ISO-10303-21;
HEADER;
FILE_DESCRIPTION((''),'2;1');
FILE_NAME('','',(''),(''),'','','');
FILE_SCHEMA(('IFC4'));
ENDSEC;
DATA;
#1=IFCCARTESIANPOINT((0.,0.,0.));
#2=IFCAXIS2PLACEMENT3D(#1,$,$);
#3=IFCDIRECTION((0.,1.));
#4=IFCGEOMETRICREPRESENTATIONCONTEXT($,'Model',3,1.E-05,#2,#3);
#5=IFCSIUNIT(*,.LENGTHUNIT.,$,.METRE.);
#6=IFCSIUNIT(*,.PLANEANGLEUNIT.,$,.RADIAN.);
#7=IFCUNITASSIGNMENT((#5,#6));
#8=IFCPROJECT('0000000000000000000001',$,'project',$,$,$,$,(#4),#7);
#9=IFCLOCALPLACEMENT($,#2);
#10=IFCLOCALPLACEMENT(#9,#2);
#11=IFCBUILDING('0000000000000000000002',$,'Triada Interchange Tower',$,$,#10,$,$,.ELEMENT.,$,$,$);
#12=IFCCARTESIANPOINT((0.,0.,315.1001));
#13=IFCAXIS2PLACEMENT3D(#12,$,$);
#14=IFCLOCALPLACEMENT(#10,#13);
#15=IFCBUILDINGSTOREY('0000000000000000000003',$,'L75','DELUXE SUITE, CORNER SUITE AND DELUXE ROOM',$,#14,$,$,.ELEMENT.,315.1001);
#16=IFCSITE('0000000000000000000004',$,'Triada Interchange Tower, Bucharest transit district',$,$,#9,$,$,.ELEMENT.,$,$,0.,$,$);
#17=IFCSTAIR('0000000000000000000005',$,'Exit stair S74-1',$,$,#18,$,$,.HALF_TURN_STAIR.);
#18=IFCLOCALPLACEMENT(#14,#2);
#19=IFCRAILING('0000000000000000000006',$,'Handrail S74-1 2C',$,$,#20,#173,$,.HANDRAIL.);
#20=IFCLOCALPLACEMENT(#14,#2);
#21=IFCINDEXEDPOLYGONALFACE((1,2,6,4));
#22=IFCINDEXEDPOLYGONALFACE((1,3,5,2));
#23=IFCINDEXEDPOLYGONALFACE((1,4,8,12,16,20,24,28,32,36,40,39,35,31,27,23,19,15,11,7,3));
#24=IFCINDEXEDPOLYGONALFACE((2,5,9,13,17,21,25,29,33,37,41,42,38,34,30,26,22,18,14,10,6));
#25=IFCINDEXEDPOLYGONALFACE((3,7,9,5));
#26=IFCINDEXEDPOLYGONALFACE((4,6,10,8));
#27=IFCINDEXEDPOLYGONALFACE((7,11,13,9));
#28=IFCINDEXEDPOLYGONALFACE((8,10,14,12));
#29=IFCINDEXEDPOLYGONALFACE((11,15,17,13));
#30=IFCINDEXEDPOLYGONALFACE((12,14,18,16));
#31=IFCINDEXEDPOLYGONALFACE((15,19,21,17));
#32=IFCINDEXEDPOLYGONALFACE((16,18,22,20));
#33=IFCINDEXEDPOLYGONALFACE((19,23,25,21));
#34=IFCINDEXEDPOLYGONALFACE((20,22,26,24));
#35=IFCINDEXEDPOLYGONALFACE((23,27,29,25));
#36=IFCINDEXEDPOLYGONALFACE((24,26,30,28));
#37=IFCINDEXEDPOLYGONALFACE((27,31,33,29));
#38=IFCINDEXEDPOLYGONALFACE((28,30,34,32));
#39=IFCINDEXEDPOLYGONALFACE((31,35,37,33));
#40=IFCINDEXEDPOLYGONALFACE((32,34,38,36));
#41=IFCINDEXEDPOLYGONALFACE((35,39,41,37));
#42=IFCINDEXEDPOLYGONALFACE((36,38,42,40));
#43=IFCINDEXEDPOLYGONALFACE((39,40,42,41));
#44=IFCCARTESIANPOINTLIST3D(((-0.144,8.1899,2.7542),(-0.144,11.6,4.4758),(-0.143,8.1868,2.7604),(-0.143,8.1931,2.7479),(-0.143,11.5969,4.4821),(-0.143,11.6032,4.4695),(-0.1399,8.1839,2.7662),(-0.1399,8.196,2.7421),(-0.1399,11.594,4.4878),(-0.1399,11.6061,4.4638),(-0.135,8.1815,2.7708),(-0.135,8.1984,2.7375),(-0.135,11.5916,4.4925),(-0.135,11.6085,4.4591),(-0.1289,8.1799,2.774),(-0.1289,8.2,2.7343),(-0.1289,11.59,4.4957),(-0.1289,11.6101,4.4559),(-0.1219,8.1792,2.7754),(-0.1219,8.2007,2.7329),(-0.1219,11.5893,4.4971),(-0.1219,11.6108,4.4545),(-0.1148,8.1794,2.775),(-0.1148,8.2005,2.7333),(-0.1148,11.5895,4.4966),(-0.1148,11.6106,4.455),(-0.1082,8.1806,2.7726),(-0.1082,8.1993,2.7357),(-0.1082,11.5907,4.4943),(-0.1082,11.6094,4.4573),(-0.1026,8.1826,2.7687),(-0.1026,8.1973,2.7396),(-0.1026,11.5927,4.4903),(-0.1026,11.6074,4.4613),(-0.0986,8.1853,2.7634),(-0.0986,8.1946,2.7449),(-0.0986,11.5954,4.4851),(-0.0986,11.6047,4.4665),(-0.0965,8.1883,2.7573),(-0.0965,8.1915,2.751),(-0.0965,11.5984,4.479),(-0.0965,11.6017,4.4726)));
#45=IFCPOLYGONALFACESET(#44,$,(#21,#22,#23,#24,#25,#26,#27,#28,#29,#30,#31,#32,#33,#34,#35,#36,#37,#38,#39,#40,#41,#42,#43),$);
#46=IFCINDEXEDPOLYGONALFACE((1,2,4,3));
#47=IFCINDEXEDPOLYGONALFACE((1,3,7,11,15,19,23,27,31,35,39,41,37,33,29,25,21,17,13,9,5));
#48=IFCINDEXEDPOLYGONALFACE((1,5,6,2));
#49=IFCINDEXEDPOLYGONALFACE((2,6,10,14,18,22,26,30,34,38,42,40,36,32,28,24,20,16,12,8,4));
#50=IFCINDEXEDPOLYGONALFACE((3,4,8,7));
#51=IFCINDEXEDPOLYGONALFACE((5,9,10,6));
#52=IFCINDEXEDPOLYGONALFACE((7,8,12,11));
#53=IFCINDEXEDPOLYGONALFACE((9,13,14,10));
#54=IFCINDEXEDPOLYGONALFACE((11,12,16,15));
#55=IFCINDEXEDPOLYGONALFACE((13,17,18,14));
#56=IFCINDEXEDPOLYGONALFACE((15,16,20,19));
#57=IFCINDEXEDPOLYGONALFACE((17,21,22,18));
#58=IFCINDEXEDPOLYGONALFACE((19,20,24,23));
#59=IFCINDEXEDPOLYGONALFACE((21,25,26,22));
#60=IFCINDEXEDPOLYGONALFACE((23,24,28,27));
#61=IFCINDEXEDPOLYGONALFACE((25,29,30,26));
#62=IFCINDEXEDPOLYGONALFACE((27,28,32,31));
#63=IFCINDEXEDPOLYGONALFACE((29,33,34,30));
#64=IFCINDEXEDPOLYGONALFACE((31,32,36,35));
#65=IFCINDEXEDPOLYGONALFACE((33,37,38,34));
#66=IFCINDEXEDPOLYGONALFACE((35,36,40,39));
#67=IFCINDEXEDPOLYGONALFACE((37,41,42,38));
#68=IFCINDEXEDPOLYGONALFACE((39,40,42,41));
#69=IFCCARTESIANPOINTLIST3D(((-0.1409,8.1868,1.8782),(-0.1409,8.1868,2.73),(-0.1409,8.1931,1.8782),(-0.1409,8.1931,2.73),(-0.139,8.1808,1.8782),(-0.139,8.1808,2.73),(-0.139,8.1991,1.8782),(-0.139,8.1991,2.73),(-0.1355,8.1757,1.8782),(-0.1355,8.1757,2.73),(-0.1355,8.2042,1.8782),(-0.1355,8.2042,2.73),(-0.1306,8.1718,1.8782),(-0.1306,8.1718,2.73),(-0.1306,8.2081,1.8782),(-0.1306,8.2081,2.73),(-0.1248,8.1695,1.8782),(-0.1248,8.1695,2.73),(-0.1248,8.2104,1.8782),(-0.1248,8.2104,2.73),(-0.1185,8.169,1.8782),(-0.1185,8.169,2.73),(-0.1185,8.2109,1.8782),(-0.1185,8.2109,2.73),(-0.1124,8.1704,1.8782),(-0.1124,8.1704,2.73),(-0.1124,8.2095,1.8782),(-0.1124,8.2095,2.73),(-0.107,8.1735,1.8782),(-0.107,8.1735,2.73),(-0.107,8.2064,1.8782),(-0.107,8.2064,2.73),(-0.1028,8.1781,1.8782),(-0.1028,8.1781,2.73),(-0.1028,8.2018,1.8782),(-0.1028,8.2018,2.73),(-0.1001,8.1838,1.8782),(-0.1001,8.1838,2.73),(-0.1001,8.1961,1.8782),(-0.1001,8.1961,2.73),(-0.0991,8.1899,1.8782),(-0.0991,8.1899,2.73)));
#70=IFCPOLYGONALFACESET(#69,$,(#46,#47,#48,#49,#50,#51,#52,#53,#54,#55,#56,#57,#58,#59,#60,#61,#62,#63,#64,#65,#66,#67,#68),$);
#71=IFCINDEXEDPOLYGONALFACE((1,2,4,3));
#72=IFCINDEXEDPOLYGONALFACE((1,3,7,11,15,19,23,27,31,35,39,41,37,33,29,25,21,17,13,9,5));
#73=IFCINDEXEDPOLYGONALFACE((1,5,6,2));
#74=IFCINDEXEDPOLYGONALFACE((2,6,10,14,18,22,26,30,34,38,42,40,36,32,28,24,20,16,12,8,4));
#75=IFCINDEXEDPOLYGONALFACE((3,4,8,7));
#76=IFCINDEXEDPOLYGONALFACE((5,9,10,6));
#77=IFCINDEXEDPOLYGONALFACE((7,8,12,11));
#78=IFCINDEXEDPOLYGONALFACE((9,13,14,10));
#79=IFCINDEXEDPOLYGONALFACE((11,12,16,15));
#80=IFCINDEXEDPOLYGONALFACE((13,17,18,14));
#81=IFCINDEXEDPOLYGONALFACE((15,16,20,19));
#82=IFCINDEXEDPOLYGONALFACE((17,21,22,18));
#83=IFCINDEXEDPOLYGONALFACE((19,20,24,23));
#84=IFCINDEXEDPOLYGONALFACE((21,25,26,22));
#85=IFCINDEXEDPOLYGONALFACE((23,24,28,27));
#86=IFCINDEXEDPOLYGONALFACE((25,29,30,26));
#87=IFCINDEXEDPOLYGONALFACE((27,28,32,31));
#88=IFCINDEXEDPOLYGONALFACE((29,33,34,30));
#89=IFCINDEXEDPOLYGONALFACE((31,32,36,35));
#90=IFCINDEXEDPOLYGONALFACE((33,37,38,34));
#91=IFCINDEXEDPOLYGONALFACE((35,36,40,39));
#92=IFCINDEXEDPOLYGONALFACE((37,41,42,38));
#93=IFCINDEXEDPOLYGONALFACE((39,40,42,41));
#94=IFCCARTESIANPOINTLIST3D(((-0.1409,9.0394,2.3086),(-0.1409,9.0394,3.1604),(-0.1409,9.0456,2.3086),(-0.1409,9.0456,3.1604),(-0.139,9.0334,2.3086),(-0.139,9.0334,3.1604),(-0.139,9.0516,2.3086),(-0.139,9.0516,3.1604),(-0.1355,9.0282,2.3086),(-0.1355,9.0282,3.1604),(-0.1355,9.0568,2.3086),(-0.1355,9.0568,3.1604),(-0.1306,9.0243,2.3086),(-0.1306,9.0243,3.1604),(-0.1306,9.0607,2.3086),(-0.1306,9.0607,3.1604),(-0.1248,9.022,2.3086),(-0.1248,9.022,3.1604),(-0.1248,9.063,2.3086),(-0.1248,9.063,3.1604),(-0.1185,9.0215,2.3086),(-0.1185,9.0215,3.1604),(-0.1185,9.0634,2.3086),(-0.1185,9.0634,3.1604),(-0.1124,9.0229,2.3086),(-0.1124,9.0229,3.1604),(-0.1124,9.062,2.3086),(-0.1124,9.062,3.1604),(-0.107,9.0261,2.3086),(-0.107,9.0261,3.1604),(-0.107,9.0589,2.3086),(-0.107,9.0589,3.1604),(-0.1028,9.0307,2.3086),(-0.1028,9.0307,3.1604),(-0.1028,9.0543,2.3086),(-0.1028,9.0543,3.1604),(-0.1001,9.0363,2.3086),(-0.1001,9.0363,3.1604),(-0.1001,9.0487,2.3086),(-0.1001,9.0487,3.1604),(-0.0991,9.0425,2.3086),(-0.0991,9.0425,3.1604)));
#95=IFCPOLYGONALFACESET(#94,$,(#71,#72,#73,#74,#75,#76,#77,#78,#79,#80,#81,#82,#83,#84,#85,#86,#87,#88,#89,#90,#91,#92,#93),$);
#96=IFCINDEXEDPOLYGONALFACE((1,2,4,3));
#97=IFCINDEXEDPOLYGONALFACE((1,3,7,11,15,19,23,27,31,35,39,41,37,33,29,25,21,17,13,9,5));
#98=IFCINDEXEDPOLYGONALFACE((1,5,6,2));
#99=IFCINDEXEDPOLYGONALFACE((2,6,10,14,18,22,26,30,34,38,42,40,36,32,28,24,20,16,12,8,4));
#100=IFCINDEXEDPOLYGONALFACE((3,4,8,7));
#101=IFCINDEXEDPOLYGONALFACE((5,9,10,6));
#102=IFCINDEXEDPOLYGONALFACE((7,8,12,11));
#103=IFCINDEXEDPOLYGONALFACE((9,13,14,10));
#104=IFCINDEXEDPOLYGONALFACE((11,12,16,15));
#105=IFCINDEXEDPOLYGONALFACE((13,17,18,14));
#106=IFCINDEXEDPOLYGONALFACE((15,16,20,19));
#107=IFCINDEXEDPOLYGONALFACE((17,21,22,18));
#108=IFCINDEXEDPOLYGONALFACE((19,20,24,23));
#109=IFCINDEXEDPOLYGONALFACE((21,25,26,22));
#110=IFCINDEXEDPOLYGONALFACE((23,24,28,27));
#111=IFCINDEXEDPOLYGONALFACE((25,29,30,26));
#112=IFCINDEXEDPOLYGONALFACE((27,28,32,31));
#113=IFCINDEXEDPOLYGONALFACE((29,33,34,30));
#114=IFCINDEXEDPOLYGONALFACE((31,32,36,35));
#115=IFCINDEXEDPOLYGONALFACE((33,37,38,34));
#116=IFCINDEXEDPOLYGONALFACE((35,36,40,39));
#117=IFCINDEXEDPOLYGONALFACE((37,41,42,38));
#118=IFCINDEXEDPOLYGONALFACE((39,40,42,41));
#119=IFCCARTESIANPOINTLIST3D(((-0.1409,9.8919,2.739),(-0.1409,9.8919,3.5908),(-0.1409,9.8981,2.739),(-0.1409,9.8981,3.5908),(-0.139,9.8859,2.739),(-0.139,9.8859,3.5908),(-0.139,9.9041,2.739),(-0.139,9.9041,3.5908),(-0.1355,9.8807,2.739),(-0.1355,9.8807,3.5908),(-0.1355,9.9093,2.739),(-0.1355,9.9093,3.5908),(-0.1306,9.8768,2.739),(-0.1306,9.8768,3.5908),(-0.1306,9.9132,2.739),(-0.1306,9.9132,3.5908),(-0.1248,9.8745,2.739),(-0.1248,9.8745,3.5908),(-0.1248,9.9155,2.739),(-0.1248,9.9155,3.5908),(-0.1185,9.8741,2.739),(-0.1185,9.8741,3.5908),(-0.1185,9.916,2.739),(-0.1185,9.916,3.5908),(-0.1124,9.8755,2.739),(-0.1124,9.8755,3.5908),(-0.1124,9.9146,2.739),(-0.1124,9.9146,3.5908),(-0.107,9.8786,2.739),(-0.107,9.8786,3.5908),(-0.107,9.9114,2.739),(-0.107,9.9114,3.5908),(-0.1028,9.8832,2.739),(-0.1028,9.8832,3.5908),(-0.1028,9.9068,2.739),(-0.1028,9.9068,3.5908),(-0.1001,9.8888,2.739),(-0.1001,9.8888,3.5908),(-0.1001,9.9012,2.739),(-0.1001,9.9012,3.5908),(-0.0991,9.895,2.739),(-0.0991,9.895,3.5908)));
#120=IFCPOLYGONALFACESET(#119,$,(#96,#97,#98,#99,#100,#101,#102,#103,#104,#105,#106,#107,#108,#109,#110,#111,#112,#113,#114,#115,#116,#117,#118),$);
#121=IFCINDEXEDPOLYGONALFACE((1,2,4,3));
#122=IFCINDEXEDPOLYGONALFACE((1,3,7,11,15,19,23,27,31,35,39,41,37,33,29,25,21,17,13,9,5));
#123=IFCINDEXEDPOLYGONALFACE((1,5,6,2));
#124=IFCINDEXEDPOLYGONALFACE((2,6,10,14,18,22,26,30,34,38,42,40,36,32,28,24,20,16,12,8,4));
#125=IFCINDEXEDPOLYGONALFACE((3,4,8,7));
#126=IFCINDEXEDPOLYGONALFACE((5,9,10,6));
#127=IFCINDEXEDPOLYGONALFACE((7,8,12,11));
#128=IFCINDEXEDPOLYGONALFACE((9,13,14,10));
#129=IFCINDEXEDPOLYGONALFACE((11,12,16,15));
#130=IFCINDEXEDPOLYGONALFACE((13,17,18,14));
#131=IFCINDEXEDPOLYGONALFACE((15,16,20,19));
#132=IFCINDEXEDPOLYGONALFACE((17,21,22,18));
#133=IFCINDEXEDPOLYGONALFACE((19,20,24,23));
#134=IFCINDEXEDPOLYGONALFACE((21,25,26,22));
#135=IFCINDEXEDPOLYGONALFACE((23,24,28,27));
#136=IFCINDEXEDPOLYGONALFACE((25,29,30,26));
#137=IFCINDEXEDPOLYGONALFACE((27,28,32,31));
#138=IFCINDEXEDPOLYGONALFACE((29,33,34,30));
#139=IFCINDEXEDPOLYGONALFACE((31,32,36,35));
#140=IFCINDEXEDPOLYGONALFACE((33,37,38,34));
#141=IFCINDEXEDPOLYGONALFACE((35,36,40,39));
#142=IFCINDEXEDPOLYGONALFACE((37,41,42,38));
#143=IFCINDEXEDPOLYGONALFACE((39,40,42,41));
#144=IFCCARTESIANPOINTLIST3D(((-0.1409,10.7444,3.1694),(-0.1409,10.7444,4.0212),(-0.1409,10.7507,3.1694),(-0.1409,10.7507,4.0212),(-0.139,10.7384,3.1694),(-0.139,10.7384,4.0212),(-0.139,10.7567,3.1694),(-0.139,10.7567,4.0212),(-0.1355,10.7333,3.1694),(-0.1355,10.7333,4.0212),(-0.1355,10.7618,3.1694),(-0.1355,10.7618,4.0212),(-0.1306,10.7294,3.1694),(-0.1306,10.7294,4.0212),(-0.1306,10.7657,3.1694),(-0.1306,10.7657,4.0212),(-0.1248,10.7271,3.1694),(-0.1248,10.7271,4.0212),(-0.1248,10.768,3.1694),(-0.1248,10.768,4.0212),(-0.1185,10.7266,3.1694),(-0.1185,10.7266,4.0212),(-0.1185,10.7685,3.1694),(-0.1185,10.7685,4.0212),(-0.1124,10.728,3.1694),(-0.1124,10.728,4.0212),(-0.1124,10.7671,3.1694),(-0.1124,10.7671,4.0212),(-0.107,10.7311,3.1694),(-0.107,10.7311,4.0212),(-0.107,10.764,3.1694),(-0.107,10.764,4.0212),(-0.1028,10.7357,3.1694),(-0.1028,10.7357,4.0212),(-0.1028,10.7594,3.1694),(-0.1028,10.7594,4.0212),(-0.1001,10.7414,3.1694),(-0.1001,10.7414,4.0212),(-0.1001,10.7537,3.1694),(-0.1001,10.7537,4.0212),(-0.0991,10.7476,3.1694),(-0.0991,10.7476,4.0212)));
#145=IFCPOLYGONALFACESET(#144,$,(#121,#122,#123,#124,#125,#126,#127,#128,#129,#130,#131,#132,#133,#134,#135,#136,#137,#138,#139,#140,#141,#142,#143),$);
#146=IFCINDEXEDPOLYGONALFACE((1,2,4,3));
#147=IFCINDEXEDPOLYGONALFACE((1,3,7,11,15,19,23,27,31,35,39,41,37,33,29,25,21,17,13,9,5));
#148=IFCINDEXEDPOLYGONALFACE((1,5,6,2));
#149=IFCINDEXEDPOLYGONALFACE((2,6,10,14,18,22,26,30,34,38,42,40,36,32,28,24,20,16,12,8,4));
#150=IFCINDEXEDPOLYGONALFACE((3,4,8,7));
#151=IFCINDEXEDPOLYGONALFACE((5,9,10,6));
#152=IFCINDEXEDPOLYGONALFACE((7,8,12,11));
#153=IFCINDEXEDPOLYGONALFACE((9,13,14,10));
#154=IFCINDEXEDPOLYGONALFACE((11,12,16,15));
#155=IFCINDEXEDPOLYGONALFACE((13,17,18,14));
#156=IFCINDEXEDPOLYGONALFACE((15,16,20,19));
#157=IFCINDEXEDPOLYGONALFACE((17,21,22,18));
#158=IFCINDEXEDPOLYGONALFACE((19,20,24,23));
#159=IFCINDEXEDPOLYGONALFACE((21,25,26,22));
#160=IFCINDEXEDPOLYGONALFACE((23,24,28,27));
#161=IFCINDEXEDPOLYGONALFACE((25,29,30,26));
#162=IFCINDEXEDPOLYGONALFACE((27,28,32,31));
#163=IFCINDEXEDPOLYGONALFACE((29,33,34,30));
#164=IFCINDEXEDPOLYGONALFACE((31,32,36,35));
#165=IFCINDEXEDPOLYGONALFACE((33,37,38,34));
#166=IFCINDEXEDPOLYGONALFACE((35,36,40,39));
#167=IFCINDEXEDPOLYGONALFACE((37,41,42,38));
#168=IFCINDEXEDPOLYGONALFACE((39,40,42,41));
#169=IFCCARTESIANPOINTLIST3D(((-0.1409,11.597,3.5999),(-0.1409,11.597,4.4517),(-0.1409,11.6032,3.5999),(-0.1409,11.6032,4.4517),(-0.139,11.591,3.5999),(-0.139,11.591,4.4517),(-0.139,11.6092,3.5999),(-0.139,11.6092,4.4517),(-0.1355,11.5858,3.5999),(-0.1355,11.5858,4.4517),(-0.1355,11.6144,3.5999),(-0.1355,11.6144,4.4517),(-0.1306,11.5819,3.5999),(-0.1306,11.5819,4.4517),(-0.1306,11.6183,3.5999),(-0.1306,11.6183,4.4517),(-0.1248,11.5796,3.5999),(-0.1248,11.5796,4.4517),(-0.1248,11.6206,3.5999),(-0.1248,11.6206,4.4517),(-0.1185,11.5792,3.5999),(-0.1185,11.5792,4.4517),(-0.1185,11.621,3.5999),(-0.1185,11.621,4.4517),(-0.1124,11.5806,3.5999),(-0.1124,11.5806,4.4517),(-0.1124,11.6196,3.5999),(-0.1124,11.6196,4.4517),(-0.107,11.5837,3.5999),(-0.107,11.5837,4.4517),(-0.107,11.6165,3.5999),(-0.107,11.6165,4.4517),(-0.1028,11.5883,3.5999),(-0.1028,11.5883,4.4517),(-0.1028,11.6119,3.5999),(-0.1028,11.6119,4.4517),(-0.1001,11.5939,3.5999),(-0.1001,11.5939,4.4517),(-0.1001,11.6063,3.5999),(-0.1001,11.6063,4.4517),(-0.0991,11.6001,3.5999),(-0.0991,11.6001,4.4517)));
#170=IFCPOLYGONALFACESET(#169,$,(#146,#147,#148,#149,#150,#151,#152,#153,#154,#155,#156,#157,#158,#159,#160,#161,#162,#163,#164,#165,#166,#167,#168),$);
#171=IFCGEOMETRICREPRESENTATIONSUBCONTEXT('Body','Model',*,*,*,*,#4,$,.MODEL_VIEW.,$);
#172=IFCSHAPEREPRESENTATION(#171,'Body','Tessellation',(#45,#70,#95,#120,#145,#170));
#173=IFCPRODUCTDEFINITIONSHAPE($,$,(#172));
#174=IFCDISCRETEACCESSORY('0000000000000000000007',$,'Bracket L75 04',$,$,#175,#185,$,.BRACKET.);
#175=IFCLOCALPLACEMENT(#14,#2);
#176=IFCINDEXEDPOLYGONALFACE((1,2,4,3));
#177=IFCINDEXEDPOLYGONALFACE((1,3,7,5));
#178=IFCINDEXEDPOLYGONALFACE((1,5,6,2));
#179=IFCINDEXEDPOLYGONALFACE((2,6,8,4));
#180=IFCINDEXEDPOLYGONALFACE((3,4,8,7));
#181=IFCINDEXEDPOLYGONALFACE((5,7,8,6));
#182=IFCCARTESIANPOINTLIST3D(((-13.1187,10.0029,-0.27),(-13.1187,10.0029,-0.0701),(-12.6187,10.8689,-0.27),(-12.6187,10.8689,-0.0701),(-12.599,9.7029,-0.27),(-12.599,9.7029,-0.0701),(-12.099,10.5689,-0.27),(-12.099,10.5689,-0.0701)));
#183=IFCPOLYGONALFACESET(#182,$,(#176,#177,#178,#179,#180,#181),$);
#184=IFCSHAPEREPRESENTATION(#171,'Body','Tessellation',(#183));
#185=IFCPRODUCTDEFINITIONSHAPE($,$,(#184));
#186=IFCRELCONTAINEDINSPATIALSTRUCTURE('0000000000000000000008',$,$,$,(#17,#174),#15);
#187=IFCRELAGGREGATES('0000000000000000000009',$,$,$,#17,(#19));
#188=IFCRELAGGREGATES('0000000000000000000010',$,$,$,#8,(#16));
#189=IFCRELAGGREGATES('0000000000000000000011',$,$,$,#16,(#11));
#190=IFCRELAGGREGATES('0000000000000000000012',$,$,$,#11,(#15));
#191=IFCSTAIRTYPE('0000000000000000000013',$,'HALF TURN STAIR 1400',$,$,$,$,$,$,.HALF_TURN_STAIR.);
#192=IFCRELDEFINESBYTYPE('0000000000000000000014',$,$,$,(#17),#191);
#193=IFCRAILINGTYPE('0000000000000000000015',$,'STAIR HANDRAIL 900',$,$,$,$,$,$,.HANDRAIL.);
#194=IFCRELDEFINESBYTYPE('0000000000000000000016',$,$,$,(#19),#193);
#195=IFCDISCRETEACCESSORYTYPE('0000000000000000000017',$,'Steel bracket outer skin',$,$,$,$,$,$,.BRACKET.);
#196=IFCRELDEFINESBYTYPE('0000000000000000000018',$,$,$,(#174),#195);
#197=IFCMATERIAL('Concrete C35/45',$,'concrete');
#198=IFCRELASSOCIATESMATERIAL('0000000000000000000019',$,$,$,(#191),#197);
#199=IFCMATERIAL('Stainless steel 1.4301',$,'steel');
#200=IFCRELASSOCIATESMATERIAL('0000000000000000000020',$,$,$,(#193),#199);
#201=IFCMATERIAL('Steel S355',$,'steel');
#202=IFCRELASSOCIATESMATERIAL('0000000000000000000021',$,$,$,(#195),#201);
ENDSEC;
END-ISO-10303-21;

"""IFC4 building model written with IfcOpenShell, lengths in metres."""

from ifc_helpers import new_model, si_unit, direction, frame, origin, origin_2d, place, context, subcontext, project, spatial, rectangle, circle, extrude, material, type_object, element, aggregate, save


model = new_model("IFC4")

# Units and contexts
model_context = context("Model", 3, precision=1e-05, world=origin(), true_north=direction((0.0, 1.0)))
body_context = subcontext(model_context, "Body", "Model", "MODEL_VIEW")
ifc_project = project(units=[si_unit("LENGTHUNIT", "METRE"), si_unit("PLANEANGLEUNIT", "RADIAN")], contexts=[model_context])

# Site, building, storey
site_placement = place(None, origin())
site = spatial("IfcSite", under=ifc_project, at=site_placement, Name="Triada Interchange Tower, Bucharest transit district", CompositionType="ELEMENT", RefElevation=0.0)
building_placement = place(site_placement, origin())
building = spatial("IfcBuilding", under=site, at=building_placement, Name="Triada Interchange Tower", CompositionType="ELEMENT")
storey_placement = place(building_placement, frame((0.0, 0.0, 315.1001)))
storey = spatial("IfcBuildingStorey", under=building, at=storey_placement, Name="L75", Description="DELUXE SUITE, CORNER SUITE AND DELUXE ROOM", CompositionType="ELEMENT", Elevation=315.1001)

# Stair
ifc_material_1 = material(Name="Concrete C35/45", Category="concrete")
stair_type = type_object("IfcStairType", Name="HALF TURN STAIR 1400", PredefinedType="HALF_TURN_STAIR", material=ifc_material_1)
stair_placement = place(storey_placement, origin())
stair = element("IfcStair", 1, at=stair_placement, inside=storey, type_object=stair_type, Name="Exit stair S74-1", PredefinedType="HALF_TURN_STAIR")

# Railing
ifc_material_2 = material(Name="Stainless steel 1.4301", Category="steel")
railing_type = type_object("IfcRailingType", Name="STAIR HANDRAIL 900", PredefinedType="HANDRAIL", material=ifc_material_2)
railing_1_placement = place(storey_placement, frame((-0.1201, 8.1899, 1.8782)))
railing_1 = element("IfcRailing", 2, at=railing_1_placement, type_object=railing_type, Name="Handrail S74-1 2C", PredefinedType="HANDRAIL", context=body_context, shape_type="SweptSolid", body=[
    extrude(circle(Radius=0.0239, at=origin_2d()), frame((0.0, 0.0, 0.876), z_axis=(0.0, 0.892682, 0.450687), x_axis=(-1.0, 0.0, 0.0)), (0.0, 0.0, 1.0), 3.8201),
    extrude(circle(Radius=0.021, at=origin_2d()), origin(), (0.0, 0.0, 1.0), 0.8518),
    extrude(circle(Radius=0.021, at=origin_2d()), frame((0.0, 0.8525, 0.4304)), (0.0, 0.0, 1.0), 0.8518),
    extrude(circle(Radius=0.021, at=origin_2d()), frame((0.0, 1.7051, 0.8608)), (0.0, 0.0, 1.0), 0.8518),
    extrude(circle(Radius=0.021, at=origin_2d()), frame((0.0, 2.5576, 1.2913)), (0.0, 0.0, 1.0), 0.8518),
    extrude(circle(Radius=0.021, at=origin_2d()), frame((0.0, 3.4102, 1.7217)), (0.0, 0.0, 1.0), 0.8518),
])
aggregate(stair, [railing_1])

# Discrete accessory
ifc_material_3 = material(Name="Steel S355", Category="steel")
discrete_accessory_type = type_object("IfcDiscreteAccessoryType", Name="Steel bracket outer skin", PredefinedType="BRACKET", material=ifc_material_3)
discrete_accessory_placement = place(storey_placement, frame((-12.6089, 10.2859, -0.27), z_axis=(0.0, 0.0, 1.0), x_axis=(-0.866025, 0.500001, 0.0)))
element("IfcDiscreteAccessory", 3, at=discrete_accessory_placement, inside=storey, type_object=discrete_accessory_type, Name="Bracket L75 04", PredefinedType="BRACKET", context=body_context, shape_type="SweptSolid", body=[
    extrude(rectangle(XDim=0.6001, YDim=1.0, at=origin_2d()), origin(), (0.0, 0.0, 1.0), 0.2),
])

save(model, "model.ifc")
